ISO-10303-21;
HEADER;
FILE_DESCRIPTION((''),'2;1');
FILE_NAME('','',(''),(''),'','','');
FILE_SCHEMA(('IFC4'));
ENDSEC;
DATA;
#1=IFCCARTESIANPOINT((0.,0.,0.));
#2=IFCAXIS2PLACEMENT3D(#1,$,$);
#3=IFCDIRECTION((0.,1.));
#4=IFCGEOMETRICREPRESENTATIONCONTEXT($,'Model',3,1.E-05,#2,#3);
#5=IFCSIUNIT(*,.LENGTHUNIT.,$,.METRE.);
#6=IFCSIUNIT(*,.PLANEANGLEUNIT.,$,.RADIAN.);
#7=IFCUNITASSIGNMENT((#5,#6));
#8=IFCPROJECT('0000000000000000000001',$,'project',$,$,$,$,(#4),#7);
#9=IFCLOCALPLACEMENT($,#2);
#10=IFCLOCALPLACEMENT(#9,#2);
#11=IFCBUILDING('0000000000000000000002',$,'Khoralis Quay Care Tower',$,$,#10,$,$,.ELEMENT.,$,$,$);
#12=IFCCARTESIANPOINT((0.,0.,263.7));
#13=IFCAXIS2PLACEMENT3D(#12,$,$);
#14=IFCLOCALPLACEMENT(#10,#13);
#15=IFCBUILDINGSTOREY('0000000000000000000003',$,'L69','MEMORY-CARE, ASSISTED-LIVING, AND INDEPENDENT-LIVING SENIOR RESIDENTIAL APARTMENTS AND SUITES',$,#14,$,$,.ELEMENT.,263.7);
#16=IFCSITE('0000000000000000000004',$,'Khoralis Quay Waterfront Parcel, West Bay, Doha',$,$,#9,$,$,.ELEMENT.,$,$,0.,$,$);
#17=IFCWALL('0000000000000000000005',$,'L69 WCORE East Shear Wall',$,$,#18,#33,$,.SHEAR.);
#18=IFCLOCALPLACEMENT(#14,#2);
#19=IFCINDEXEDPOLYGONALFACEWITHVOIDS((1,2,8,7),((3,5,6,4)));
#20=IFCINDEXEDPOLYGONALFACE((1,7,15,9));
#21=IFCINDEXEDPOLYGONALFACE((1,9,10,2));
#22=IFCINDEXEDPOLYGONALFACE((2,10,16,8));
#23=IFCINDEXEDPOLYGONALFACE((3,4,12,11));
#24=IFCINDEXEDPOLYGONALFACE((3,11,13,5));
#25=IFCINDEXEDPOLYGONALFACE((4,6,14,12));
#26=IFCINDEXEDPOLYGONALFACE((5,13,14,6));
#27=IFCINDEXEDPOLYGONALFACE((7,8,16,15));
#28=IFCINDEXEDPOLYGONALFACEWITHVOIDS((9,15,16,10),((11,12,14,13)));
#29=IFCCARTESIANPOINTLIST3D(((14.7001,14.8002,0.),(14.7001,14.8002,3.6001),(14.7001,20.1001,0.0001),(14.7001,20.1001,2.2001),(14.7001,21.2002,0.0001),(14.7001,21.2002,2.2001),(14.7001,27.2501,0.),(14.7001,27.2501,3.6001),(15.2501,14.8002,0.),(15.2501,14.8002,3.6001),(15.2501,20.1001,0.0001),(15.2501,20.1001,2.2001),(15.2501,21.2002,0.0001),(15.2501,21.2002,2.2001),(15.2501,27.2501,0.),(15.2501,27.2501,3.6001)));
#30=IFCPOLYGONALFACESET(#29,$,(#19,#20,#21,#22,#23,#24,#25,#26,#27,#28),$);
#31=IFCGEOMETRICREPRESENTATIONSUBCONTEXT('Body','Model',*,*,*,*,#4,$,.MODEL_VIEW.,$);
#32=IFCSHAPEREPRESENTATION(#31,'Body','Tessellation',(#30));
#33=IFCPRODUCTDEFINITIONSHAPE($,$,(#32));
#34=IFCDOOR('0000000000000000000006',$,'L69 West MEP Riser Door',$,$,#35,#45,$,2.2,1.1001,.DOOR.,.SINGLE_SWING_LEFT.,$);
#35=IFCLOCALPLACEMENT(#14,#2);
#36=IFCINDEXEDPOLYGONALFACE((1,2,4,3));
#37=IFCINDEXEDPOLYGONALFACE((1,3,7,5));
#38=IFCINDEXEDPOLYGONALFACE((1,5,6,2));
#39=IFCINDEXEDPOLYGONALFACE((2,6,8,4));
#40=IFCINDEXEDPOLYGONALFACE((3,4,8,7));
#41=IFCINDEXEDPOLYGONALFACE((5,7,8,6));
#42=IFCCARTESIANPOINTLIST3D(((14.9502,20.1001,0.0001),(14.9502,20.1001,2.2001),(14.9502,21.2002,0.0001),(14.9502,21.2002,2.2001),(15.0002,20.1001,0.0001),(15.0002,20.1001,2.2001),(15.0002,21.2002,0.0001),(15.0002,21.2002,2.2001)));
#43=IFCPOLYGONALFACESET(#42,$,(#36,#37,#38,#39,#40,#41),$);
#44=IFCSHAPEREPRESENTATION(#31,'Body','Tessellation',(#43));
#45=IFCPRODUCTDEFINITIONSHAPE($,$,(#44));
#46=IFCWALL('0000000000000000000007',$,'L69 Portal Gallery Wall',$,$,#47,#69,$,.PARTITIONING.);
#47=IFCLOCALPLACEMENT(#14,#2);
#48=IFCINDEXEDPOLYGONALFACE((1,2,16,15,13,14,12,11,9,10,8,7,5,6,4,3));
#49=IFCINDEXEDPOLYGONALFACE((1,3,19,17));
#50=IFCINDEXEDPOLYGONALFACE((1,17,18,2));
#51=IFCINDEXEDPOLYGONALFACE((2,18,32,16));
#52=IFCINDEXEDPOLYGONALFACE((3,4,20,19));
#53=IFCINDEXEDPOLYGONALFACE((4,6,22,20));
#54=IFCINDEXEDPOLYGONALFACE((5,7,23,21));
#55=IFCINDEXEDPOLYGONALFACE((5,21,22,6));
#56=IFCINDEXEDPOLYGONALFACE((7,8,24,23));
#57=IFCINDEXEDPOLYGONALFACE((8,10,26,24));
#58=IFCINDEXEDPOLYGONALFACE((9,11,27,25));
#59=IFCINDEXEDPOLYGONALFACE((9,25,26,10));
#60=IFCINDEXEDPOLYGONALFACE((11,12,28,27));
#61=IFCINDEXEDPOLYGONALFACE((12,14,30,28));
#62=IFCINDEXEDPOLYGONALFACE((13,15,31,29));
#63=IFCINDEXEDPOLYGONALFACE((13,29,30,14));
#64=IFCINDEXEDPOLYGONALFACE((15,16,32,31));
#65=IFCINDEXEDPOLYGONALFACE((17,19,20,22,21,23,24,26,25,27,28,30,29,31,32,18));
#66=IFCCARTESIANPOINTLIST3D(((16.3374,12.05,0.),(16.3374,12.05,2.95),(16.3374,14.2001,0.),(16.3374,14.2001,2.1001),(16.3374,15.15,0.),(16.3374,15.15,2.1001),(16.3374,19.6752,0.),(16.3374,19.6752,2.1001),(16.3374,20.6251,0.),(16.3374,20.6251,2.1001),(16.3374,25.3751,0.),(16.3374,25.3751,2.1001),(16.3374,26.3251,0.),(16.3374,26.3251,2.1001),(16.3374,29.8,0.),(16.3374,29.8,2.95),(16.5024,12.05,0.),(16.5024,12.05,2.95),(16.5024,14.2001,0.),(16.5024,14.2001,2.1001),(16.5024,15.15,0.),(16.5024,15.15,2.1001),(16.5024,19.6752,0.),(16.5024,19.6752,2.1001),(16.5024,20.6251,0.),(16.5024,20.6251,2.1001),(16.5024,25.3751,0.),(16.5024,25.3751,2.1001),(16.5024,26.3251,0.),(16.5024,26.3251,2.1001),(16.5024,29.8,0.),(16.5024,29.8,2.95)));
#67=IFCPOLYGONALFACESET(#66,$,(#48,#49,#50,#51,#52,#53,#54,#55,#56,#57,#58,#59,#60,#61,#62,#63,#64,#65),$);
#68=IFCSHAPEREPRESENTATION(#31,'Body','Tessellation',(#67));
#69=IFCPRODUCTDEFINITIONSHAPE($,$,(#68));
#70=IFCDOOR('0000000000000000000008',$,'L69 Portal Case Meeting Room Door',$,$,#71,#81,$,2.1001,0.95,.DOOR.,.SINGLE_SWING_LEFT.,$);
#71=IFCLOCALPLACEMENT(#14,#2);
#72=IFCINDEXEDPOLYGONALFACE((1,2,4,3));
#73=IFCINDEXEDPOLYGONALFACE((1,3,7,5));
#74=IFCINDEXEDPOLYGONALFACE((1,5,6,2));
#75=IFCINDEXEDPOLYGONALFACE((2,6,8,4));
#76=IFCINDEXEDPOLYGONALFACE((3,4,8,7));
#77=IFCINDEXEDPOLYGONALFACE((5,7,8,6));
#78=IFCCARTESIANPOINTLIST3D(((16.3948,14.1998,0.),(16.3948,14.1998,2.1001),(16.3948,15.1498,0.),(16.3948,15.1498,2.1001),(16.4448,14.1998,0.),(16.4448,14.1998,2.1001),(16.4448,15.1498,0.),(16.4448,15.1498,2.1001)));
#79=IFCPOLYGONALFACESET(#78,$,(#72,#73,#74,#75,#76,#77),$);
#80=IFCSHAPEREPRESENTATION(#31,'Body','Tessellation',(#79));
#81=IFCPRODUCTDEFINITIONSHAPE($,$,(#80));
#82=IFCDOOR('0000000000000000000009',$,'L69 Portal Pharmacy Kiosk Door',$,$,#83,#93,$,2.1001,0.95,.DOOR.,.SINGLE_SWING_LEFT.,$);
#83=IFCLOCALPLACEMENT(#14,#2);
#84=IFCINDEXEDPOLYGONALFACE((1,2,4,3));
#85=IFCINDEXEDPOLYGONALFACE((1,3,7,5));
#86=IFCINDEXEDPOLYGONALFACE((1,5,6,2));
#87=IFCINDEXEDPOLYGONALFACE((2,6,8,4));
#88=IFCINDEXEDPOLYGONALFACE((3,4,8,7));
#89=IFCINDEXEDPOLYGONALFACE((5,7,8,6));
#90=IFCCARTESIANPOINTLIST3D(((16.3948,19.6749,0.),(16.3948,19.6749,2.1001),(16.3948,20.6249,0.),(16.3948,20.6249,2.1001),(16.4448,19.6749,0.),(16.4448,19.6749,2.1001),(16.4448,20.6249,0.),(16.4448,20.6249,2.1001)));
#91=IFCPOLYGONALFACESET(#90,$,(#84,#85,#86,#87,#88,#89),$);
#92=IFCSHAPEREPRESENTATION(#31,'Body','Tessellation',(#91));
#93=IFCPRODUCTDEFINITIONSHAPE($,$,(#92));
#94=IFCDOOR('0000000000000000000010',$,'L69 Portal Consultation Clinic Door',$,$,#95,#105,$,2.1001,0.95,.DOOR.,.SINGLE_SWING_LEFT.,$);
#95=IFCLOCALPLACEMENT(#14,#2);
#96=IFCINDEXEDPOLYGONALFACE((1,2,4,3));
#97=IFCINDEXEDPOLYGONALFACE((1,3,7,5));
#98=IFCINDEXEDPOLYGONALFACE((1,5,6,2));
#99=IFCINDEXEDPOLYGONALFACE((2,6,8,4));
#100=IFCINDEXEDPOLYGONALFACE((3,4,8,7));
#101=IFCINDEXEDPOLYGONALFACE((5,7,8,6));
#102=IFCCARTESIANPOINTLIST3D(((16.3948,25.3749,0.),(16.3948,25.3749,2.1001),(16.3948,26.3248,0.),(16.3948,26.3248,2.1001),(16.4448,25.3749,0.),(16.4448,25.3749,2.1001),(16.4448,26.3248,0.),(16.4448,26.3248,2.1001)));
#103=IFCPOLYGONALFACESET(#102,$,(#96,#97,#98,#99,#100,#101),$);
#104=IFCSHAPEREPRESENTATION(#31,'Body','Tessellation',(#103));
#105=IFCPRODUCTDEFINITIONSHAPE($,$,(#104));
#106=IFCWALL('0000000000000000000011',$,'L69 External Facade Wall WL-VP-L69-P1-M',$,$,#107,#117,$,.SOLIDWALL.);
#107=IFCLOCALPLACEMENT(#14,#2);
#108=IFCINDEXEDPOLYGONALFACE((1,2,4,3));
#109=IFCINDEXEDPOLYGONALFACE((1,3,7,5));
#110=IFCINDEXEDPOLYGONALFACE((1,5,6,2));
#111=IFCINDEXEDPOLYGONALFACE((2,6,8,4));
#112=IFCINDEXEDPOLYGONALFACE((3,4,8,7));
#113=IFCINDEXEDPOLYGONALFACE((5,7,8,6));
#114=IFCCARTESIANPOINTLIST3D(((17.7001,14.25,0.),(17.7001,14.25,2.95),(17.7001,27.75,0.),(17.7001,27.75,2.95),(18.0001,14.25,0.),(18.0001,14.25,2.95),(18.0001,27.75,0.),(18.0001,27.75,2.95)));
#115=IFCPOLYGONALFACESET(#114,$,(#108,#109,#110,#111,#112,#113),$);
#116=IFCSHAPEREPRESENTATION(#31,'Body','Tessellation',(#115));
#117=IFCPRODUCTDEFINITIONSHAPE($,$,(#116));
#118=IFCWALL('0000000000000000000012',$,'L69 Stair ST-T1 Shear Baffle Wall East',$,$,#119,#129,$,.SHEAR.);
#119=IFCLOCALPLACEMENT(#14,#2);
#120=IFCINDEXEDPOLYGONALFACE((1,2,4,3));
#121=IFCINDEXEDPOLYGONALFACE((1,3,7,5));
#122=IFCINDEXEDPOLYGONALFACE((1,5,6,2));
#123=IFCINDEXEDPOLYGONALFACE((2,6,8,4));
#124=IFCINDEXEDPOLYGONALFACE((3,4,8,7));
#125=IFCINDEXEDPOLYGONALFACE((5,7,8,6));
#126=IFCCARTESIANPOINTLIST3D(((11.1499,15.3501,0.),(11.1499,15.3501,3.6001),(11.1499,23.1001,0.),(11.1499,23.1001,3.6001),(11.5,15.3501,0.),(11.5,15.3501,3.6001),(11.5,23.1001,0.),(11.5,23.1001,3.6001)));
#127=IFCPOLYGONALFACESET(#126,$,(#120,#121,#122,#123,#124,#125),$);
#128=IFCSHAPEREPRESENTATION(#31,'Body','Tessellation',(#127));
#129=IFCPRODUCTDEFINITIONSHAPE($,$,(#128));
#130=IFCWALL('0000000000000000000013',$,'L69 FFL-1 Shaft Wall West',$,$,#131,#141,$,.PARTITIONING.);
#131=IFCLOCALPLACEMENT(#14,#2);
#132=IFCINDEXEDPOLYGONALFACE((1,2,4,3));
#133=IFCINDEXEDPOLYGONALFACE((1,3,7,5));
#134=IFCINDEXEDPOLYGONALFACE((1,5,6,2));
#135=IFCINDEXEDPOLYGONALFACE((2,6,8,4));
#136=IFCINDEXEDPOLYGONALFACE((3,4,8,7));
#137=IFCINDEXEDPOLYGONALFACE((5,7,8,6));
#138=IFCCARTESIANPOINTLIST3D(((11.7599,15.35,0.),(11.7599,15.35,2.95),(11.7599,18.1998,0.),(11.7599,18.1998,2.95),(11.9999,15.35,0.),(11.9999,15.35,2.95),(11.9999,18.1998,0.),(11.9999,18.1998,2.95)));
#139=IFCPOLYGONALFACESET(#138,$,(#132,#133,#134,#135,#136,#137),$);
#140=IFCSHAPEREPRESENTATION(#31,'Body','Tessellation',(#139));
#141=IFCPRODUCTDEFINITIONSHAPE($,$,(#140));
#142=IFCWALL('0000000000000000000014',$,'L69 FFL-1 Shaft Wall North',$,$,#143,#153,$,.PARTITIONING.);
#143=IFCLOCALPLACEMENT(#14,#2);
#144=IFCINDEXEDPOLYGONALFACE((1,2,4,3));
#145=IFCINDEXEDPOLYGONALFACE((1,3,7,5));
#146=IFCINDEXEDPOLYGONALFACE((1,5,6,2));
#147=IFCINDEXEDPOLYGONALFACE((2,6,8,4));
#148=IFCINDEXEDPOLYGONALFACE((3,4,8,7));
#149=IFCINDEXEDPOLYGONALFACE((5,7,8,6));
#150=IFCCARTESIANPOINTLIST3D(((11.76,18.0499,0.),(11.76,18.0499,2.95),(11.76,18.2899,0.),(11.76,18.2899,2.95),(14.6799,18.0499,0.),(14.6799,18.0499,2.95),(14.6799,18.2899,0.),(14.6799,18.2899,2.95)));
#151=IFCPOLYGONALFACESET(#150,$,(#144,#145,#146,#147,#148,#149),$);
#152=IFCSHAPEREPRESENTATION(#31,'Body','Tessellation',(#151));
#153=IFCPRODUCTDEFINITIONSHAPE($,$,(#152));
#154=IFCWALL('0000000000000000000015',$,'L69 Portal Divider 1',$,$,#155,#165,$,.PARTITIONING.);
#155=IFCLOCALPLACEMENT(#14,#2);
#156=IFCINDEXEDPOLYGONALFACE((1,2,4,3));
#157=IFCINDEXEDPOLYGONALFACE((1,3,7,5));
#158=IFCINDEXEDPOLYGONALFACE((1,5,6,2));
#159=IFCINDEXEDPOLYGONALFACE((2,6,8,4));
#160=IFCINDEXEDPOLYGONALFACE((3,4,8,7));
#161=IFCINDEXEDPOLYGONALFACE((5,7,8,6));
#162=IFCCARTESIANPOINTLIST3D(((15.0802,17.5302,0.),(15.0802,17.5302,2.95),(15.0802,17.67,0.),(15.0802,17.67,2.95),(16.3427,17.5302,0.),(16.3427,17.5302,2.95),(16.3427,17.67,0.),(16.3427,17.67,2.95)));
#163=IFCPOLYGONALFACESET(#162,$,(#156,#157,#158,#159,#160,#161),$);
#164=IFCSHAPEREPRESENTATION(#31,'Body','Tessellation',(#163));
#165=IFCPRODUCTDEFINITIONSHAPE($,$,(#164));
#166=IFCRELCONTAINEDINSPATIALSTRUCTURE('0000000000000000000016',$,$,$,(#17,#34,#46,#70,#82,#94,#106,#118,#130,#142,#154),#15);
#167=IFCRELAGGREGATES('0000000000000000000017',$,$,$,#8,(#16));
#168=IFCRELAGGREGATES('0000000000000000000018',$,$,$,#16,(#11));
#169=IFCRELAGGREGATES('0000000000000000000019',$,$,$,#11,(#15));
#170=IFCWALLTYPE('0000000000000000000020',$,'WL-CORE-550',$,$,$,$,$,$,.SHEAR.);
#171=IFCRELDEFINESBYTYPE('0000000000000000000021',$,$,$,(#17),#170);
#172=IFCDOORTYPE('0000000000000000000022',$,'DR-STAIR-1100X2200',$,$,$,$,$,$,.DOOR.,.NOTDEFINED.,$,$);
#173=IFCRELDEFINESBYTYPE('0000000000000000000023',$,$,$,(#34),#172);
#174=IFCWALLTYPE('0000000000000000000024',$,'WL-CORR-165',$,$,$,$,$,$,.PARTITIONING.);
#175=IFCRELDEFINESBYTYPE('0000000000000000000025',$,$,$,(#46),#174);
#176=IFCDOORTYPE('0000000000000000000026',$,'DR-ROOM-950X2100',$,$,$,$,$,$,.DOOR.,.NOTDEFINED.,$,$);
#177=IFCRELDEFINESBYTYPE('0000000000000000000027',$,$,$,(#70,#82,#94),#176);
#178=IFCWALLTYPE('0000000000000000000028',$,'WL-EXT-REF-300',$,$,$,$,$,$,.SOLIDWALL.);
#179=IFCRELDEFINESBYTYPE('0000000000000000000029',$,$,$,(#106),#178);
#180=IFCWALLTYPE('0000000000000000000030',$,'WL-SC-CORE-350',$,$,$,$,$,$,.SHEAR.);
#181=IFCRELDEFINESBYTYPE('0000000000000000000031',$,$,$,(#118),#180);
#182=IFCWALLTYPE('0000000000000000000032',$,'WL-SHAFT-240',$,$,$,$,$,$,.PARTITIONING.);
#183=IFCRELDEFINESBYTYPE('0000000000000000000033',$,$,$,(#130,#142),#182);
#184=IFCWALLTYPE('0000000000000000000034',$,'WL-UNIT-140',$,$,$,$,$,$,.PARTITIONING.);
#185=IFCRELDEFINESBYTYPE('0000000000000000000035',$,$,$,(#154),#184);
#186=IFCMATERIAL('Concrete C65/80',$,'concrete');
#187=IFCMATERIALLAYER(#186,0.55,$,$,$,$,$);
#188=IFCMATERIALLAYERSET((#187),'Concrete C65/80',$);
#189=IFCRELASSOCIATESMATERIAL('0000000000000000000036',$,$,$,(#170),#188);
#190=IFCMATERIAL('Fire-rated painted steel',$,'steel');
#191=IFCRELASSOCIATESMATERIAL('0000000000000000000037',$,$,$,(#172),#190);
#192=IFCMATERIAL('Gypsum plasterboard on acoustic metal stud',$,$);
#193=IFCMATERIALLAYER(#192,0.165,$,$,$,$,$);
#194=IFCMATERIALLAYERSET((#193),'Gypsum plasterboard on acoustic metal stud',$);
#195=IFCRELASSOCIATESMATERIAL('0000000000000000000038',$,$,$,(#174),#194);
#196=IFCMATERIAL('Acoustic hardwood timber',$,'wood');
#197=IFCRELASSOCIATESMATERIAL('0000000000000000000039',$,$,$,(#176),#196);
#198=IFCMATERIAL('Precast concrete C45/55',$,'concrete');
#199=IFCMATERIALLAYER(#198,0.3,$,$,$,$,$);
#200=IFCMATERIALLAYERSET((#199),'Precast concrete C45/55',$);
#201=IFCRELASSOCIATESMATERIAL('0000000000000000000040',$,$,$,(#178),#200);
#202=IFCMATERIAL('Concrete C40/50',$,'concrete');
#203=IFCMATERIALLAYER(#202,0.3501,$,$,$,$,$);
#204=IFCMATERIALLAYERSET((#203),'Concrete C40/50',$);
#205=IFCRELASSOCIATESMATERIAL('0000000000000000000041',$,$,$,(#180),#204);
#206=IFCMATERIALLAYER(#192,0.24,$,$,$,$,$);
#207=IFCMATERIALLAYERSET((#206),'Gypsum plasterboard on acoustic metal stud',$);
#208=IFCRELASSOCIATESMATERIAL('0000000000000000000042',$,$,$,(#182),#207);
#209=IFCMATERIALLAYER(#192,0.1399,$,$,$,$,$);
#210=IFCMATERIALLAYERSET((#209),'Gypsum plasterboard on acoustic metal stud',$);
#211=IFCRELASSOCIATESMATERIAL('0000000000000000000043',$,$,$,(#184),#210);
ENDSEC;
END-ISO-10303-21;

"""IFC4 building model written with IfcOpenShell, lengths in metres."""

from ifc_helpers import new_model, si_unit, direction, frame, frame_2d, origin, place, context, subcontext, project, spatial, rectangle, extrude, source, transform, mapped, material, layer, layer_set, type_object, element, fill, save


model = new_model("IFC4")

# Units and contexts
model_context = context("Model", 3, precision=1e-05, world=origin(), true_north=direction((0.0, 1.0)))
body_context = subcontext(model_context, "Body", "Model", "MODEL_VIEW")
ifc_project = project(units=[si_unit("LENGTHUNIT", "METRE"), si_unit("PLANEANGLEUNIT", "RADIAN")], contexts=[model_context])

# Site, building, storey
site_placement = place(None, origin())
site = spatial("IfcSite", under=ifc_project, at=site_placement, Name="Khoralis Quay Waterfront Parcel, West Bay, Doha", CompositionType="ELEMENT", RefElevation=0.0)
building_placement = place(site_placement, origin())
building = spatial("IfcBuilding", under=site, at=building_placement, Name="Khoralis Quay Care Tower", CompositionType="ELEMENT")
storey_placement = place(building_placement, frame((0.0, 0.0, 263.7)))
storey = spatial("IfcBuildingStorey", under=building, at=storey_placement, Name="L69", Description="MEMORY-CARE, ASSISTED-LIVING, AND INDEPENDENT-LIVING SENIOR RESIDENTIAL APARTMENTS AND SUITES", CompositionType="ELEMENT", Elevation=263.7)

# Shared definitions
ifc_material_1 = material(Name="Gypsum plasterboard on acoustic metal stud")

# Wall, opening, door
ifc_material_2 = material(Name="Concrete C65/80", Category="concrete")
ifc_layer_1 = layer(ifc_material_2, 0.55)
ifc_layer_set_1 = layer_set([ifc_layer_1], Name="Concrete C65/80")
wall_type_1 = type_object("IfcWallType", Name="WL-CORE-550", PredefinedType="SHEAR", material=ifc_layer_set_1)
wall_1_placement = place(storey_placement, frame((14.9751, 14.8, 0.0), z_axis=(0.0, 0.0, 1.0), x_axis=(0.0, 1.0, 0.0)))
wall_1 = element("IfcWall", 1, at=wall_1_placement, inside=storey, type_object=wall_type_1, Name="L69 WCORE East Shear Wall", PredefinedType="SHEAR", context=body_context, shape_type="SweptSolid", body=[
    extrude(rectangle(XDim=12.45, YDim=0.55, at=frame_2d((6.2251, 0.0))), origin(), (0.0, 0.0, 1.0), 3.6001),
])
opening_1_placement = place(wall_1_placement, frame((5.3, 0.0, 0.0)))
opening_1 = element("IfcOpeningElement", 2, at=opening_1_placement, cuts=wall_1, PredefinedType="OPENING", context=body_context, shape_type="SweptSolid", body=[
    extrude(rectangle(XDim=1.1001, YDim=2.2, at=frame_2d((0.55, 1.1001))), frame((0.0, 0.2852, 0.0), z_axis=(0.0, -1.0, 0.0), x_axis=(1.0, 0.0, 0.0)), (0.0, 0.0, 1.0), 0.5701),
])
ifc_material_3 = material(Name="Fire-rated painted steel", Category="steel")
door_type_1 = type_object("IfcDoorType", Name="DR-STAIR-1100X2200", OperationType="NOTDEFINED", PredefinedType="DOOR", material=ifc_material_3)
shared_shape_1 = source(origin(), body_context, "Body", "SweptSolid", [
    extrude(rectangle(XDim=1.1001, YDim=2.2, at=frame_2d((0.55, 1.1001))), frame((0.0, 0.0249, 0.0), z_axis=(0.0, -1.0, 0.0), x_axis=(1.0, 0.0, 0.0)), (0.0, 0.0, 1.0), 0.05),
])
door_1_placement = place(opening_1_placement, origin())
door_1 = element("IfcDoor", 3, at=door_1_placement, inside=storey, type_object=door_type_1, Name="L69 West MEP Riser Door", OperationType="SINGLE_SWING_LEFT", OverallHeight=2.2, OverallWidth=1.1001, PredefinedType="DOOR", context=body_context, shape_type="MappedRepresentation", body=[
    mapped(shared_shape_1, transform((0.0, 0.0, 0.0), scale=1.0)),
])
fill(opening_1, door_1)

# Wall, openings, doors
ifc_layer_2 = layer(ifc_material_1, 0.165)
ifc_layer_set_2 = layer_set([ifc_layer_2], Name="Gypsum plasterboard on acoustic metal stud")
wall_type_2 = type_object("IfcWallType", Name="WL-CORR-165", PredefinedType="PARTITIONING", material=ifc_layer_set_2)
wall_2_placement = place(storey_placement, frame((16.4199, 12.05, 0.0), z_axis=(0.0, 0.0, 1.0), x_axis=(0.0, 1.0, 0.0)))
wall_2 = element("IfcWall", 4, at=wall_2_placement, inside=storey, type_object=wall_type_2, Name="L69 Portal Gallery Wall", PredefinedType="PARTITIONING", context=body_context, shape_type="SweptSolid", body=[
    extrude(rectangle(XDim=17.75, YDim=0.165, at=frame_2d((8.875, 0.0))), origin(), (0.0, 0.0, 1.0), 2.95),
])
opening_2_placement = place(wall_2_placement, frame((2.1499, 0.0, 0.0)))
opening_2 = element("IfcOpeningElement", 5, at=opening_2_placement, cuts=wall_2, PredefinedType="OPENING", context=body_context, shape_type="SweptSolid", body=[
    extrude(rectangle(XDim=0.95, YDim=2.1001, at=frame_2d((0.4751, 1.05))), frame((0.0, 0.0925, 0.0), z_axis=(0.0, -1.0, 0.0), x_axis=(1.0, 0.0, 0.0)), (0.0, 0.0, 1.0), 0.1851),
])
opening_3_placement = place(wall_2_placement, frame((7.625, 0.0, 0.0)))
opening_3 = element("IfcOpeningElement", 6, at=opening_3_placement, cuts=wall_2, PredefinedType="OPENING", context=body_context, shape_type="SweptSolid", body=[
    extrude(rectangle(XDim=0.95, YDim=2.1001, at=frame_2d((0.4751, 1.05))), frame((0.0, 0.0925, 0.0), z_axis=(0.0, -1.0, 0.0), x_axis=(1.0, 0.0, 0.0)), (0.0, 0.0, 1.0), 0.1851),
])
opening_4_placement = place(wall_2_placement, frame((13.325, 0.0, 0.0)))
opening_4 = element("IfcOpeningElement", 7, at=opening_4_placement, cuts=wall_2, PredefinedType="OPENING", context=body_context, shape_type="SweptSolid", body=[
    extrude(rectangle(XDim=0.95, YDim=2.1001, at=frame_2d((0.4751, 1.05))), frame((0.0, 0.0925, 0.0), z_axis=(0.0, -1.0, 0.0), x_axis=(1.0, 0.0, 0.0)), (0.0, 0.0, 1.0), 0.1851),
])
ifc_material_4 = material(Name="Acoustic hardwood timber", Category="wood")
door_type_2 = type_object("IfcDoorType", Name="DR-ROOM-950X2100", OperationType="NOTDEFINED", PredefinedType="DOOR", material=ifc_material_4)
shared_shape_2 = source(origin(), body_context, "Body", "SweptSolid", [
    extrude(rectangle(XDim=0.95, YDim=2.1001, at=frame_2d((0.4751, 1.05))), frame((0.0, 0.0249, 0.0), z_axis=(0.0, -1.0, 0.0), x_axis=(1.0, 0.0, 0.0)), (0.0, 0.0, 1.0), 0.05),
])
door_2_placement = place(opening_2_placement, frame((0.95, 0.0, 0.0), z_axis=(0.0, 0.0, 1.0), x_axis=(-1.0, 0.0, 0.0)))
door_2 = element("IfcDoor", 8, at=door_2_placement, inside=storey, type_object=door_type_2, Name="L69 Portal Case Meeting Room Door", OperationType="SINGLE_SWING_LEFT", OverallHeight=2.1001, OverallWidth=0.95, PredefinedType="DOOR", context=body_context, shape_type="MappedRepresentation", body=[
    mapped(shared_shape_2, transform((0.0, 0.0, 0.0), scale=1.0)),
])
fill(opening_2, door_2)
door_3_placement = place(opening_3_placement, frame((0.95, 0.0, 0.0), z_axis=(0.0, 0.0, 1.0), x_axis=(-1.0, 0.0, 0.0)))
door_3 = element("IfcDoor", 9, at=door_3_placement, inside=storey, type_object=door_type_2, Name="L69 Portal Pharmacy Kiosk Door", OperationType="SINGLE_SWING_LEFT", OverallHeight=2.1001, OverallWidth=0.95, PredefinedType="DOOR", context=body_context, shape_type="MappedRepresentation", body=[
    mapped(shared_shape_2, transform((0.0, 0.0, 0.0), scale=1.0)),
])
fill(opening_3, door_3)
door_4_placement = place(opening_4_placement, frame((0.95, 0.0, 0.0), z_axis=(0.0, 0.0, 1.0), x_axis=(-1.0, 0.0, 0.0)))
door_4 = element("IfcDoor", 10, at=door_4_placement, inside=storey, type_object=door_type_2, Name="L69 Portal Consultation Clinic Door", OperationType="SINGLE_SWING_LEFT", OverallHeight=2.1001, OverallWidth=0.95, PredefinedType="DOOR", context=body_context, shape_type="MappedRepresentation", body=[
    mapped(shared_shape_2, transform((0.0, 0.0, 0.0), scale=1.0)),
])
fill(opening_4, door_4)

# Walls
ifc_material_5 = material(Name="Precast concrete C45/55", Category="concrete")
ifc_layer_3 = layer(ifc_material_5, 0.3)
ifc_layer_set_3 = layer_set([ifc_layer_3], Name="Precast concrete C45/55")
wall_type_3 = type_object("IfcWallType", Name="WL-EXT-REF-300", PredefinedType="SOLIDWALL", material=ifc_layer_set_3)
wall_3_placement = place(storey_placement, frame((17.8501, 14.25, 0.0), z_axis=(0.0, 0.0, 1.0), x_axis=(0.0, 1.0, 0.0)))
element("IfcWall", 11, at=wall_3_placement, inside=storey, type_object=wall_type_3, Name="L69 External Facade Wall WL-VP-L69-P1-M", PredefinedType="SOLIDWALL", context=body_context, shape_type="SweptSolid", body=[
    extrude(rectangle(XDim=13.5, YDim=0.3, at=frame_2d((6.75, 0.0))), origin(), (0.0, 0.0, 1.0), 2.95),
])
ifc_material_6 = material(Name="Concrete C40/50", Category="concrete")
ifc_layer_4 = layer(ifc_material_6, 0.3501)
ifc_layer_set_4 = layer_set([ifc_layer_4], Name="Concrete C40/50")
wall_type_4 = type_object("IfcWallType", Name="WL-SC-CORE-350", PredefinedType="SHEAR", material=ifc_layer_set_4)
wall_4_placement = place(storey_placement, frame((11.325, 15.3501, 0.0), z_axis=(0.0, 0.0, 1.0), x_axis=(0.0, 1.0, 0.0)))
element("IfcWall", 12, at=wall_4_placement, inside=storey, type_object=wall_type_4, Name="L69 Stair ST-T1 Shear Baffle Wall East", PredefinedType="SHEAR", context=body_context, shape_type="SweptSolid", body=[
    extrude(rectangle(XDim=7.75, YDim=0.3501, at=frame_2d((3.875, 0.0))), origin(), (0.0, 0.0, 1.0), 3.6001),
])
ifc_layer_5 = layer(ifc_material_1, 0.24)
ifc_layer_set_5 = layer_set([ifc_layer_5], Name="Gypsum plasterboard on acoustic metal stud")
wall_type_5 = type_object("IfcWallType", Name="WL-SHAFT-240", PredefinedType="PARTITIONING", material=ifc_layer_set_5)
wall_5_placement = place(storey_placement, frame((11.8799, 15.3501, 0.0), z_axis=(0.0, 0.0, 1.0), x_axis=(0.0, 1.0, 0.0)))
element("IfcWall", 13, at=wall_5_placement, inside=storey, type_object=wall_type_5, Name="L69 FFL-1 Shaft Wall West", PredefinedType="PARTITIONING", context=body_context, shape_type="SweptSolid", body=[
    extrude(rectangle(XDim=2.8499, YDim=0.24, at=frame_2d((1.4248, 0.0))), origin(), (0.0, 0.0, 1.0), 2.95),
])
wall_6_placement = place(storey_placement, frame((11.76, 18.1699, 0.0), z_axis=(0.0, 0.0, 1.0), x_axis=(1.0, 0.0, 0.0)))
element("IfcWall", 14, at=wall_6_placement, inside=storey, type_object=wall_type_5, Name="L69 FFL-1 Shaft Wall North", PredefinedType="PARTITIONING", context=body_context, shape_type="SweptSolid", body=[
    extrude(rectangle(XDim=2.9199, YDim=0.24, at=frame_2d((1.46, 0.0))), origin(), (0.0, 0.0, 1.0), 2.95),
])
ifc_layer_6 = layer(ifc_material_1, 0.1399)
ifc_layer_set_6 = layer_set([ifc_layer_6], Name="Gypsum plasterboard on acoustic metal stud")
wall_type_6 = type_object("IfcWallType", Name="WL-UNIT-140", PredefinedType="PARTITIONING", material=ifc_layer_set_6)
wall_7_placement = place(storey_placement, frame((15.0801, 17.6001, 0.0), z_axis=(0.0, 0.0, 1.0), x_axis=(1.0, 0.0, 0.0)))
element("IfcWall", 15, at=wall_7_placement, inside=storey, type_object=wall_type_6, Name="L69 Portal Divider 1", PredefinedType="PARTITIONING", context=body_context, shape_type="SweptSolid", body=[
    extrude(rectangle(XDim=1.2625, YDim=0.1399, at=frame_2d((0.6313, 0.0))), origin(), (0.0, 0.0, 1.0), 2.95),
])

save(model, "model.ifc")
